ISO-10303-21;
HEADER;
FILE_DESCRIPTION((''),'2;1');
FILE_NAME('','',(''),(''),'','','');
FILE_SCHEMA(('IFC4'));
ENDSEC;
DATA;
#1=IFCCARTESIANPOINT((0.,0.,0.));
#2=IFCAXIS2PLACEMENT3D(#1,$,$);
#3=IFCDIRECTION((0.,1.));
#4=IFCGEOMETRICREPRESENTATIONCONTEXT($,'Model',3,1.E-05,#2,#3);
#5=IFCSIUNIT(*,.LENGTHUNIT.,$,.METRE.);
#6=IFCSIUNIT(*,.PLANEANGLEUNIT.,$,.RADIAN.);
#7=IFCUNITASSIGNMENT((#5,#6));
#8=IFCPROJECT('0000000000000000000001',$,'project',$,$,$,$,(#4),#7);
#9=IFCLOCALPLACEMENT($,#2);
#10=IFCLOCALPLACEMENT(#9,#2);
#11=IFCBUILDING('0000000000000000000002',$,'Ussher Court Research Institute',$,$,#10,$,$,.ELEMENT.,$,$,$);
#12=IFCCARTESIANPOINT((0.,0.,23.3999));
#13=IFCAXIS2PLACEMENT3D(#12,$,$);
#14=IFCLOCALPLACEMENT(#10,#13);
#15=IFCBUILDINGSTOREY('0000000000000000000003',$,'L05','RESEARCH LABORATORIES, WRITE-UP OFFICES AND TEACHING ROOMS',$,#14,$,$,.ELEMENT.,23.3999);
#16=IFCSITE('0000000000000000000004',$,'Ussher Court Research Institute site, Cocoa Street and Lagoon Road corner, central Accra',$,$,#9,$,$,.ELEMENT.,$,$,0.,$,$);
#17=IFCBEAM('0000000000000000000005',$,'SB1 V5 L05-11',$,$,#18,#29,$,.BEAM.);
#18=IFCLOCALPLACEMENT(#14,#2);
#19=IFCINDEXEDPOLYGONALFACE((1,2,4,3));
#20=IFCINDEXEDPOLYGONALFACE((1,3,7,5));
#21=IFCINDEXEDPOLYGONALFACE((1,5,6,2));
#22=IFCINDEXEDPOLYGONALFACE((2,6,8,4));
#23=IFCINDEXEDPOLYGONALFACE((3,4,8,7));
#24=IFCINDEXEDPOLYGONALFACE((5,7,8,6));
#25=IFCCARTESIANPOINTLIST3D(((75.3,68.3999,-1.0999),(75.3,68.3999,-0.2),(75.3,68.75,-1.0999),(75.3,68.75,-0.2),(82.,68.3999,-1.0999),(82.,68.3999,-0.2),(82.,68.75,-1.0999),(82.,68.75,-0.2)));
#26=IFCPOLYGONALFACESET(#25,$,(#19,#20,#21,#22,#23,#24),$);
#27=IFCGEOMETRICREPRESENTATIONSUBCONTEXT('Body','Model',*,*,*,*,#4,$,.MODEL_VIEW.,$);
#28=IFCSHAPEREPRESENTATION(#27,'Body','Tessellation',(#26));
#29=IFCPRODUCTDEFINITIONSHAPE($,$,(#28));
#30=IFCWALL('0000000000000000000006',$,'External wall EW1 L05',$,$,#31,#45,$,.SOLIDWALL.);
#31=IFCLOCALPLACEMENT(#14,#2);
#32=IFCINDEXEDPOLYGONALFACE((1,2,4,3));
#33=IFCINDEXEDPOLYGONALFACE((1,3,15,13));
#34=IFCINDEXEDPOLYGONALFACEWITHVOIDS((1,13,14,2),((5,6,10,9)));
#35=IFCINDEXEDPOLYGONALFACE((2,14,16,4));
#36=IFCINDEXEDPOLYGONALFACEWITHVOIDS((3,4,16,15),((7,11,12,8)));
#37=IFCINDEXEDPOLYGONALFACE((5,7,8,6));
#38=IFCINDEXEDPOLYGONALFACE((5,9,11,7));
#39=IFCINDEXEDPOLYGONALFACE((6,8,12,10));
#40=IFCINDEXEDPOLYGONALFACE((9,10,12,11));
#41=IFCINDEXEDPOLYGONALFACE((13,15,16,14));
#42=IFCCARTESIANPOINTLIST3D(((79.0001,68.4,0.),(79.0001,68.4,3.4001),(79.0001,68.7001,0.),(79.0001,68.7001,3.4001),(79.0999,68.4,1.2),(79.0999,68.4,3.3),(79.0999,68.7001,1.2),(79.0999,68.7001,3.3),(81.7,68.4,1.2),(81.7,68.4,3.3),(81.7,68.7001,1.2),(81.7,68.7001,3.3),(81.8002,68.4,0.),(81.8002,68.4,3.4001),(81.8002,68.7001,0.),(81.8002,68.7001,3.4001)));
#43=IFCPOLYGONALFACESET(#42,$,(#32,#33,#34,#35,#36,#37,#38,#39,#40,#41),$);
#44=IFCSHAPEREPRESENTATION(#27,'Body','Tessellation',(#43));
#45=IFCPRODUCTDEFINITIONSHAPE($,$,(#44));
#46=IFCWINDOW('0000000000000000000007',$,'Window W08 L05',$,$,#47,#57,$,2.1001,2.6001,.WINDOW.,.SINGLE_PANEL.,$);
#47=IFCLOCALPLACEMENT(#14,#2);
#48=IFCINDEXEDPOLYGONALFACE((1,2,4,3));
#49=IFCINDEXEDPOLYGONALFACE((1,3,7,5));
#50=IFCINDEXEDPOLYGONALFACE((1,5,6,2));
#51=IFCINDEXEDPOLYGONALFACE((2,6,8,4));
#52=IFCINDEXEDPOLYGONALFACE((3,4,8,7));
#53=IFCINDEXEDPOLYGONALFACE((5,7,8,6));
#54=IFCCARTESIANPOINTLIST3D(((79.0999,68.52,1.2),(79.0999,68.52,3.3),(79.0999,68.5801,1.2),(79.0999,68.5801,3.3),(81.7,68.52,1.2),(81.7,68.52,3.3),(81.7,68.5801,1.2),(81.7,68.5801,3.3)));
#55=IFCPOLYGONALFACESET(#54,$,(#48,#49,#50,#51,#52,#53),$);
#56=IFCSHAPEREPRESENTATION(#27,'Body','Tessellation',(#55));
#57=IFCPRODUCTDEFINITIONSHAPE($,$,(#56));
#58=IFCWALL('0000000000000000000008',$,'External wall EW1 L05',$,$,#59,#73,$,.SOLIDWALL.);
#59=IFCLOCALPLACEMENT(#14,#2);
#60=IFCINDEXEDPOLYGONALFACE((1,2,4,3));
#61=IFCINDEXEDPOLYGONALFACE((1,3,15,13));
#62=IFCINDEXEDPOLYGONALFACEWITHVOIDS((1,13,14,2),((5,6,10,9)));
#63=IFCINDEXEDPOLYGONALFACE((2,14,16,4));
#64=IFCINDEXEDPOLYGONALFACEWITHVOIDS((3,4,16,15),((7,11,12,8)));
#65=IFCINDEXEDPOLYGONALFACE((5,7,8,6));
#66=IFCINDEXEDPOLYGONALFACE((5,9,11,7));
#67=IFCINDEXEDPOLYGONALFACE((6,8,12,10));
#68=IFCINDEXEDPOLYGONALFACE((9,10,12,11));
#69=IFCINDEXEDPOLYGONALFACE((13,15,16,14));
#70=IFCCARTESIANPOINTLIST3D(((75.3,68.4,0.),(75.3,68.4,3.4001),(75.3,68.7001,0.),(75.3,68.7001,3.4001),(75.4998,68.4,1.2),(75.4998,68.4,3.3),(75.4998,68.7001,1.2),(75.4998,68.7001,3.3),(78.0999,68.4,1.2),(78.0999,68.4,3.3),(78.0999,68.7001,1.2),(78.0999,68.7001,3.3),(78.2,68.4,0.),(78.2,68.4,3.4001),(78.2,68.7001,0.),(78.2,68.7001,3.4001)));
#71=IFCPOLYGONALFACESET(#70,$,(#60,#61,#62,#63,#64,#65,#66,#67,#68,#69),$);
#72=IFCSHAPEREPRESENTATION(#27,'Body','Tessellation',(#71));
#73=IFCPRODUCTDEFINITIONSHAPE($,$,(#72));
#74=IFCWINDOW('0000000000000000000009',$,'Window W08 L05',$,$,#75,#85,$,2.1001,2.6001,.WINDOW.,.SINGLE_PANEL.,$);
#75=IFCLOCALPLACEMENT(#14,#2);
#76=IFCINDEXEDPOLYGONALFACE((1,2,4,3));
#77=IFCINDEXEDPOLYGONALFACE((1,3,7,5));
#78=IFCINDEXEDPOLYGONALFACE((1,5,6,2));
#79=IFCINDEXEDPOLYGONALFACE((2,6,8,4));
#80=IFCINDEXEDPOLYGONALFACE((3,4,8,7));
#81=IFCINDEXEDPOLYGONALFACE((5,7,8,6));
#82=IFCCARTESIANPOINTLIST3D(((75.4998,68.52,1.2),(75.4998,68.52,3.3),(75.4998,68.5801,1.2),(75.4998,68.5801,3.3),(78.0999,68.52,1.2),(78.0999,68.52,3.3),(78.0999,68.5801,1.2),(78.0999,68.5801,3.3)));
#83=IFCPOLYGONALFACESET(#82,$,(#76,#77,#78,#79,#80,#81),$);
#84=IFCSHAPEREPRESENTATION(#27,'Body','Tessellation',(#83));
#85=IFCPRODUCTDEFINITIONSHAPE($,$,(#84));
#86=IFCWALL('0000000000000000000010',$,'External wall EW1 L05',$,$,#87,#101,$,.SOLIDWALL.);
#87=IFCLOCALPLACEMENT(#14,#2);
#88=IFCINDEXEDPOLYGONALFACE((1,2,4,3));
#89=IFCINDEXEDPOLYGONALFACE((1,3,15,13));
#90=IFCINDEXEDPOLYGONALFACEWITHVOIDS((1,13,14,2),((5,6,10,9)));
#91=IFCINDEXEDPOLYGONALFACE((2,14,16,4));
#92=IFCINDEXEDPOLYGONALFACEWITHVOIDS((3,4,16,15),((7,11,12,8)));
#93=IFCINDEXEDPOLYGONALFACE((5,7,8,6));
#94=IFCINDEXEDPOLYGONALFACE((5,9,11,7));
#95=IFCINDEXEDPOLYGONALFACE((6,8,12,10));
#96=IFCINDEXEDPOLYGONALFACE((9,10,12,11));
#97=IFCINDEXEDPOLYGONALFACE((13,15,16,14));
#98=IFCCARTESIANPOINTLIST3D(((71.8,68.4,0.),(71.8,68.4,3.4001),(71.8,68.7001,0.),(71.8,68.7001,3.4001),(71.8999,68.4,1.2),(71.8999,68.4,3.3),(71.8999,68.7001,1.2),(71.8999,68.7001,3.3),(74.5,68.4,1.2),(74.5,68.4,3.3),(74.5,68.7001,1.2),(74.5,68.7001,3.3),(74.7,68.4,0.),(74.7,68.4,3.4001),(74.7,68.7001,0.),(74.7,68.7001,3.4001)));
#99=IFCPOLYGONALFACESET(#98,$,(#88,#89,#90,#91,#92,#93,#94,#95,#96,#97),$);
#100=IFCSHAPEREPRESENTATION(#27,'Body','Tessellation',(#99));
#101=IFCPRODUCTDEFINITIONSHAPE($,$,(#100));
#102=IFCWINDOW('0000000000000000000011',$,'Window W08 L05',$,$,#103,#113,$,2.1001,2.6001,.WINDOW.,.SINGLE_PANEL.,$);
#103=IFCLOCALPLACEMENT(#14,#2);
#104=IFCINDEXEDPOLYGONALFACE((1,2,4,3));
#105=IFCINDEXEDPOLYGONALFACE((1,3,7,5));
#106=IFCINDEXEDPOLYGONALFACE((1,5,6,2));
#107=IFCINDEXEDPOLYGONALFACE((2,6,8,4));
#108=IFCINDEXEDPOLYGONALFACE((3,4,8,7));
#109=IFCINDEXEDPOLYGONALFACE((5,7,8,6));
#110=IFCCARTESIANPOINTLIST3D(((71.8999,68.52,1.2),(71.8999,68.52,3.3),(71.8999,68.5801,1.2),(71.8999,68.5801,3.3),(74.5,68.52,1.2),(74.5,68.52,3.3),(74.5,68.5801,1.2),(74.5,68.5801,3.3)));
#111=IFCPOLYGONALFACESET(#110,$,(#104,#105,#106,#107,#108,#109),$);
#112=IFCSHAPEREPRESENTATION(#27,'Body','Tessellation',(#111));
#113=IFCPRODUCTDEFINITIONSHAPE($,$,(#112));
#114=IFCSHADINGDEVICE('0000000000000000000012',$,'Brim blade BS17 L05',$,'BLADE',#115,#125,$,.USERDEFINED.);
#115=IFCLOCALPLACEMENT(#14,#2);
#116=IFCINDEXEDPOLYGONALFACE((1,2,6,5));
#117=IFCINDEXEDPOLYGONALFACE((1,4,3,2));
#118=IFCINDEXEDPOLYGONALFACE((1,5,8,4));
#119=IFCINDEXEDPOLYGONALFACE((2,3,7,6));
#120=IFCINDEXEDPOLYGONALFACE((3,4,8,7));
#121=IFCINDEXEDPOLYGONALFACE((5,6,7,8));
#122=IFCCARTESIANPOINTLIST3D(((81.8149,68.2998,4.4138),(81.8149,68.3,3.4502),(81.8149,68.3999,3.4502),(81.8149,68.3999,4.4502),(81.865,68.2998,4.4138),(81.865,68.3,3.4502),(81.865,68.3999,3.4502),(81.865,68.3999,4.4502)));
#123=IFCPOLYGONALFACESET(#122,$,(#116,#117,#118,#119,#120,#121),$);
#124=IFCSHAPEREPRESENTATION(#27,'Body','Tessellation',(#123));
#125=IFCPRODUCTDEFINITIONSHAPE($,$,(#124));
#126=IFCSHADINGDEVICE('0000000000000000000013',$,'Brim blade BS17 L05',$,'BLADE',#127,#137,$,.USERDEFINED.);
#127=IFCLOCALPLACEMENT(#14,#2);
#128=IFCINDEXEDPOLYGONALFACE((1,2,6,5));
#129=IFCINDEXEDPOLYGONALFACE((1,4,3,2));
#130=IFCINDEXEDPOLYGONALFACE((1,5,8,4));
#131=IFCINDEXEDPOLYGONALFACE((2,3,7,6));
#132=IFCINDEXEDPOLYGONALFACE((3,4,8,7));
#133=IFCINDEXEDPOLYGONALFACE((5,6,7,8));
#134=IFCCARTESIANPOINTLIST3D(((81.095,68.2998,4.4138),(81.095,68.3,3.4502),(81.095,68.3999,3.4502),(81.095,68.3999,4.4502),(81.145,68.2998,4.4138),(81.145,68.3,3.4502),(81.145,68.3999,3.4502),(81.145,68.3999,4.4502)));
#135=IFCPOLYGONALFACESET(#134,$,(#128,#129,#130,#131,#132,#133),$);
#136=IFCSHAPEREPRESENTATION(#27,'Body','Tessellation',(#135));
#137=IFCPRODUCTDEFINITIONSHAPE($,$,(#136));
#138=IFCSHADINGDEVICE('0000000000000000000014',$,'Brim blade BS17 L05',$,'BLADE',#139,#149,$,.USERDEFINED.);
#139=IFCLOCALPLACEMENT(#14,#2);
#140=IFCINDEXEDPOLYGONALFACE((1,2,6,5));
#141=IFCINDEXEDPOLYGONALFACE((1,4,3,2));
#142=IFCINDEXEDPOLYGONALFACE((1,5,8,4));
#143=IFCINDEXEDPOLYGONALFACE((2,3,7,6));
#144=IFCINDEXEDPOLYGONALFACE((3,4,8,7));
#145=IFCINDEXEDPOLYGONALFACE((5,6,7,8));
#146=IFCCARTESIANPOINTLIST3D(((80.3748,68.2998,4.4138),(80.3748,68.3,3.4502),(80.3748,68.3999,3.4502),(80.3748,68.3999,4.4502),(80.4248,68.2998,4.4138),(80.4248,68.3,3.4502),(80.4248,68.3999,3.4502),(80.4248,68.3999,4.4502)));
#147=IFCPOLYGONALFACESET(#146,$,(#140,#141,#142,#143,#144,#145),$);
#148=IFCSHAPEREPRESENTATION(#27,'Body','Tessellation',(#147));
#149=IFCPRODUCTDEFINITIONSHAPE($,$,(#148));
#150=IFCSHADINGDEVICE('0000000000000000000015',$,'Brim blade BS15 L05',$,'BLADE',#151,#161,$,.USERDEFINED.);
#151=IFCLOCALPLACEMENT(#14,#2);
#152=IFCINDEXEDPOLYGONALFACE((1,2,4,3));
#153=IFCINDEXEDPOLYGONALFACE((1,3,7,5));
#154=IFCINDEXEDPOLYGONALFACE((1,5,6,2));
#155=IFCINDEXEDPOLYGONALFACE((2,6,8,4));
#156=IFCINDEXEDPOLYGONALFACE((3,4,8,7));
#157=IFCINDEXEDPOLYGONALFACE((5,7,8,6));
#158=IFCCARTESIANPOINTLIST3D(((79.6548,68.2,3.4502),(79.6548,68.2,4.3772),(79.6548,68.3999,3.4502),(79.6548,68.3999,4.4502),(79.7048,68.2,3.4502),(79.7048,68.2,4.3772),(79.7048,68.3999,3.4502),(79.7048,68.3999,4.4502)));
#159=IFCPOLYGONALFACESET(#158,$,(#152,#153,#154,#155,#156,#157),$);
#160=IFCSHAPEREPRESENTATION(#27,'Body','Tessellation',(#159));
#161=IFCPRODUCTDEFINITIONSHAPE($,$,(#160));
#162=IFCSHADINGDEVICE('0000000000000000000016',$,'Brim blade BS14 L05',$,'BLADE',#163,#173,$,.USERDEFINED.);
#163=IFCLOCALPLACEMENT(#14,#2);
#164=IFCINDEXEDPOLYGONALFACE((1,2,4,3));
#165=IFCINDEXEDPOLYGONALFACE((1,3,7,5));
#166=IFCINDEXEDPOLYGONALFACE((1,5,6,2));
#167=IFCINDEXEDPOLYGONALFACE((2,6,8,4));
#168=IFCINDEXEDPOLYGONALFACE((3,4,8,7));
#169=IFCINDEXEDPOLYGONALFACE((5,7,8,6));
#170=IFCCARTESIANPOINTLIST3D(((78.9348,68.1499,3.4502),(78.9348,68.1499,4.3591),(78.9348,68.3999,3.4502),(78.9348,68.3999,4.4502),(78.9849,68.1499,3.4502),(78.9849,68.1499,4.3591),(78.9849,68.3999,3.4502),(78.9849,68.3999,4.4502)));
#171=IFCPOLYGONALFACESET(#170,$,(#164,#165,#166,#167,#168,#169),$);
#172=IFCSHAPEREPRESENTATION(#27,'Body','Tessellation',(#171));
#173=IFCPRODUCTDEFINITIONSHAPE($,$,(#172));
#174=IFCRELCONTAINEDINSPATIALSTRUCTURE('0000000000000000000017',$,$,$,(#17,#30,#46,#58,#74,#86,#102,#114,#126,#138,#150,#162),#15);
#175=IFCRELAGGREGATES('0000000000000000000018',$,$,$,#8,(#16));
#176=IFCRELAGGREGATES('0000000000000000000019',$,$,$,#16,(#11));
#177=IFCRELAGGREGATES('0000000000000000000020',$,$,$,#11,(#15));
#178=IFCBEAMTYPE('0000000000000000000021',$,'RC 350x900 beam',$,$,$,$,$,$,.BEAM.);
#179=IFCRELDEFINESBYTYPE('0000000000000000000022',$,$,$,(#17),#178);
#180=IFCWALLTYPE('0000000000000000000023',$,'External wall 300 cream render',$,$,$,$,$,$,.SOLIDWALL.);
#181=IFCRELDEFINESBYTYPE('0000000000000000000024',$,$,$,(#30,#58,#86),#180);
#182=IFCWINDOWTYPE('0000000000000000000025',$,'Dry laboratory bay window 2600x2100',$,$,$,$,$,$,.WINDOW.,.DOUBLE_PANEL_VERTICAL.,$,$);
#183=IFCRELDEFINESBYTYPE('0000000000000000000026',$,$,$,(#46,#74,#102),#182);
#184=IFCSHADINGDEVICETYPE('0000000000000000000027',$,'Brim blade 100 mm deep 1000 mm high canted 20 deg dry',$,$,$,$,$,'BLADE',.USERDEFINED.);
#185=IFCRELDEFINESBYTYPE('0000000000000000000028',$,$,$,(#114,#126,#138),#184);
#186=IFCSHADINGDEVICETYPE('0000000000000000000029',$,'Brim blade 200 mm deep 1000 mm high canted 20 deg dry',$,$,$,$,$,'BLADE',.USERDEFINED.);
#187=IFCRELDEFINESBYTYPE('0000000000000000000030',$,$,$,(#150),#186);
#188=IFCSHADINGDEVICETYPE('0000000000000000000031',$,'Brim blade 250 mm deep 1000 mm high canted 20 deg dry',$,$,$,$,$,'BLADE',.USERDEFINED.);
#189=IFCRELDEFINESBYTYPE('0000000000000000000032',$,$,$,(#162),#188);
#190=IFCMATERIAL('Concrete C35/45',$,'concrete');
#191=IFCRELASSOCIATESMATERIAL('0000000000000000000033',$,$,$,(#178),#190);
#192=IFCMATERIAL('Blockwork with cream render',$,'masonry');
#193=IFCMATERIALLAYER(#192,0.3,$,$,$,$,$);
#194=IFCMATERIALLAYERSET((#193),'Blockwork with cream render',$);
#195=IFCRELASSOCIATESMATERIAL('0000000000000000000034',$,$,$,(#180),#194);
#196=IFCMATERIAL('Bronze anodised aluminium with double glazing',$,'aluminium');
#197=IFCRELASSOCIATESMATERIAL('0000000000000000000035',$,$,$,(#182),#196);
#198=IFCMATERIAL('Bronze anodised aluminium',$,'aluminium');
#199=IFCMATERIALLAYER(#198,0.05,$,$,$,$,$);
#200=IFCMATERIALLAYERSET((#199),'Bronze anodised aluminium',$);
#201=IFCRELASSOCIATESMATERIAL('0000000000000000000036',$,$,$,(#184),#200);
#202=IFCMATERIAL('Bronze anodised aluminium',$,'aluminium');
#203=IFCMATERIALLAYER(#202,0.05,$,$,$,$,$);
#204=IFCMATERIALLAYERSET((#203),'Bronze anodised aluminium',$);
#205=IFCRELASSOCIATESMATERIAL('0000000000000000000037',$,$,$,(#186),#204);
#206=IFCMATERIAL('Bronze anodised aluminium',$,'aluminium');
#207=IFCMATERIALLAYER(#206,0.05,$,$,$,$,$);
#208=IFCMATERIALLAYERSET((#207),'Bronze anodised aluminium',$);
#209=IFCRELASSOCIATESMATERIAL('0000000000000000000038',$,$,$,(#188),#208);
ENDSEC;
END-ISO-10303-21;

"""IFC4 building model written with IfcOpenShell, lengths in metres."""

from ifc_helpers import new_model, si_unit, direction, frame, frame_2d, origin, origin_2d, place, context, subcontext, project, spatial, polyline, rectangle, outline, extrude, material, layer, layer_set, material_profile, profile_set, type_object, element, fill, save


model = new_model("IFC4")

# Units and contexts
model_context = context("Model", 3, precision=1e-05, world=origin(), true_north=direction((0.0, 1.0)))
body_context = subcontext(model_context, "Body", "Model", "MODEL_VIEW")
ifc_project = project(units=[si_unit("LENGTHUNIT", "METRE"), si_unit("PLANEANGLEUNIT", "RADIAN")], contexts=[model_context])

# Site, building, storey
site_placement = place(None, origin())
site = spatial("IfcSite", under=ifc_project, at=site_placement, Name="Ussher Court Research Institute site, Cocoa Street and Lagoon Road corner, central Accra", CompositionType="ELEMENT", RefElevation=0.0)
building_placement = place(site_placement, origin())
building = spatial("IfcBuilding", under=site, at=building_placement, Name="Ussher Court Research Institute", CompositionType="ELEMENT")
storey_placement = place(building_placement, frame((0.0, 0.0, 23.3999)))
storey = spatial("IfcBuildingStorey", under=building, at=storey_placement, Name="L05", Description="RESEARCH LABORATORIES, WRITE-UP OFFICES AND TEACHING ROOMS", CompositionType="ELEMENT", Elevation=23.3999)

# Beam
ifc_material_1 = material(Name="Concrete C35/45", Category="concrete")
ifc_material_profile = material_profile(ifc_material_1, rectangle(XDim=0.3501, YDim=0.8999, at=origin_2d()), Name="RC 350x900")
ifc_profile_set = profile_set([ifc_material_profile], Name="Concrete C35/45")
beam_type = type_object("IfcBeamType", Name="RC 350x900 beam", PredefinedType="BEAM", material=ifc_profile_set)
beam_placement = place(storey_placement, frame((75.3, 68.575, -0.6499), z_axis=(1.0, 0.0, 0.0), x_axis=(0.0, 1.0, 0.0)))
element("IfcBeam", 1, at=beam_placement, inside=storey, type_object=beam_type, Name="SB1 V5 L05-11", PredefinedType="BEAM", context=body_context, shape_type="SweptSolid", body=[
    extrude(rectangle(XDim=0.3501, YDim=0.8999, at=origin_2d()), origin(), (0.0, 0.0, 1.0), 6.7),
])

# Walls, openings, windows
ifc_material_2 = material(Name="Blockwork with cream render", Category="masonry")
ifc_layer_1 = layer(ifc_material_2, 0.3)
ifc_layer_set_1 = layer_set([ifc_layer_1], Name="Blockwork with cream render")
wall_type = type_object("IfcWallType", Name="External wall 300 cream render", PredefinedType="SOLIDWALL", material=ifc_layer_set_1)
wall_1_placement = place(storey_placement, frame((81.8, 68.55, 0.0), z_axis=(0.0, 0.0, 1.0), x_axis=(-1.0, 0.0, 0.0)))
wall_1 = element("IfcWall", 2, at=wall_1_placement, inside=storey, type_object=wall_type, Name="External wall EW1 L05", PredefinedType="SOLIDWALL", context=body_context, shape_type="SweptSolid", body=[
    extrude(rectangle(XDim=2.8, YDim=0.3, at=frame_2d((1.3999, 0.0))), origin(), (0.0, 0.0, 1.0), 3.4001),
])
opening_1_placement = place(wall_1_placement, frame((0.1001, 0.0, 1.2)))
opening_1 = element("IfcOpeningElement", 3, at=opening_1_placement, cuts=wall_1, PredefinedType="OPENING", context=body_context, shape_type="SweptSolid", body=[
    extrude(rectangle(XDim=2.6001, YDim=2.1001, at=frame_2d((1.3, 1.05))), frame((0.0, 0.1602, 0.0), z_axis=(0.0, -1.0, 0.0), x_axis=(1.0, 0.0, 0.0)), (0.0, 0.0, 1.0), 0.3201),
])
ifc_material_3 = material(Name="Bronze anodised aluminium with double glazing", Category="aluminium")
window_type = type_object("IfcWindowType", Name="Dry laboratory bay window 2600x2100", PartitioningType="DOUBLE_PANEL_VERTICAL", PredefinedType="WINDOW", material=ifc_material_3)
window_1_placement = place(opening_1_placement, origin())
window_1 = element("IfcWindow", 4, at=window_1_placement, inside=storey, type_object=window_type, Name="Window W08 L05", OverallHeight=2.1001, OverallWidth=2.6001, PartitioningType="SINGLE_PANEL", PredefinedType="WINDOW", context=body_context, shape_type="SweptSolid", body=[
    extrude(rectangle(XDim=2.6001, YDim=2.1001, at=frame_2d((1.3, 1.05))), frame((0.0, 0.03, 0.0), z_axis=(0.0, -1.0, 0.0), x_axis=(1.0, 0.0, 0.0)), (0.0, 0.0, 1.0), 0.0601),
])
fill(opening_1, window_1)
wall_2_placement = place(storey_placement, frame((78.2, 68.55, 0.0), z_axis=(0.0, 0.0, 1.0), x_axis=(-1.0, 0.0, 0.0)))
wall_2 = element("IfcWall", 5, at=wall_2_placement, inside=storey, type_object=wall_type, Name="External wall EW1 L05", PredefinedType="SOLIDWALL", context=body_context, shape_type="SweptSolid", body=[
    extrude(rectangle(XDim=2.8999, YDim=0.3, at=frame_2d((1.45, 0.0))), origin(), (0.0, 0.0, 1.0), 3.4001),
])
opening_2_placement = place(wall_2_placement, frame((0.1001, 0.0, 1.2)))
opening_2 = element("IfcOpeningElement", 6, at=opening_2_placement, cuts=wall_2, PredefinedType="OPENING", context=body_context, shape_type="SweptSolid", body=[
    extrude(rectangle(XDim=2.6001, YDim=2.1001, at=frame_2d((1.3, 1.05))), frame((0.0, 0.1602, 0.0), z_axis=(0.0, -1.0, 0.0), x_axis=(1.0, 0.0, 0.0)), (0.0, 0.0, 1.0), 0.3201),
])
window_2_placement = place(opening_2_placement, origin())
window_2 = element("IfcWindow", 7, at=window_2_placement, inside=storey, type_object=window_type, Name="Window W08 L05", OverallHeight=2.1001, OverallWidth=2.6001, PartitioningType="SINGLE_PANEL", PredefinedType="WINDOW", context=body_context, shape_type="SweptSolid", body=[
    extrude(rectangle(XDim=2.6001, YDim=2.1001, at=frame_2d((1.3, 1.05))), frame((0.0, 0.03, 0.0), z_axis=(0.0, -1.0, 0.0), x_axis=(1.0, 0.0, 0.0)), (0.0, 0.0, 1.0), 0.0601),
])
fill(opening_2, window_2)
wall_3_placement = place(storey_placement, frame((74.7, 68.55, 0.0), z_axis=(0.0, 0.0, 1.0), x_axis=(-1.0, 0.0, 0.0)))
wall_3 = element("IfcWall", 8, at=wall_3_placement, inside=storey, type_object=wall_type, Name="External wall EW1 L05", PredefinedType="SOLIDWALL", context=body_context, shape_type="SweptSolid", body=[
    extrude(rectangle(XDim=2.8999, YDim=0.3, at=frame_2d((1.45, 0.0))), origin(), (0.0, 0.0, 1.0), 3.4001),
])
opening_3_placement = place(wall_3_placement, frame((0.2, 0.0, 1.2)))
opening_3 = element("IfcOpeningElement", 9, at=opening_3_placement, cuts=wall_3, PredefinedType="OPENING", context=body_context, shape_type="SweptSolid", body=[
    extrude(rectangle(XDim=2.6001, YDim=2.1001, at=frame_2d((1.3, 1.05))), frame((0.0, 0.1602, 0.0), z_axis=(0.0, -1.0, 0.0), x_axis=(1.0, 0.0, 0.0)), (0.0, 0.0, 1.0), 0.3201),
])
window_3_placement = place(opening_3_placement, origin())
window_3 = element("IfcWindow", 10, at=window_3_placement, inside=storey, type_object=window_type, Name="Window W08 L05", OverallHeight=2.1001, OverallWidth=2.6001, PartitioningType="SINGLE_PANEL", PredefinedType="WINDOW", context=body_context, shape_type="SweptSolid", body=[
    extrude(rectangle(XDim=2.6001, YDim=2.1001, at=frame_2d((1.3, 1.05))), frame((0.0, 0.03, 0.0), z_axis=(0.0, -1.0, 0.0), x_axis=(1.0, 0.0, 0.0)), (0.0, 0.0, 1.0), 0.0601),
])
fill(opening_3, window_3)

# Shading devices
ifc_material_4 = material(Name="Bronze anodised aluminium", Category="aluminium")
ifc_layer_2 = layer(ifc_material_4, 0.05)
ifc_layer_set_2 = layer_set([ifc_layer_2], Name="Bronze anodised aluminium")
shading_device_type_1 = type_object("IfcShadingDeviceType", Name="Brim blade 100 mm deep 1000 mm high canted 20 deg dry", ElementType="BLADE", PredefinedType="USERDEFINED", material=ifc_layer_set_2)
for number, where, z_axis, x_axis, name in (
    (11, (81.8401, 68.3999, 3.4502), (0.0, 0.0, 1.0), (0.0, -1.0, 0.0), "Brim blade BS17 L05"),
    (12, (81.1201, 68.3999, 3.4502), (0.0, 0.0, 1.0), (0.0, -1.0, 0.0), "Brim blade BS17 L05"),
    (13, (80.3999, 68.3999, 3.4502), (0.0, 0.0, 1.0), (0.0, -1.0, 0.0), "Brim blade BS17 L05"),
):
    element("IfcShadingDevice", number, at=place(storey_placement, frame(where, z_axis=z_axis, x_axis=x_axis)), inside=storey, type_object=shading_device_type_1, Name=name, ObjectType="BLADE", PredefinedType="USERDEFINED", context=body_context, shape_type="SweptSolid", body=[
        extrude(outline(polyline([(0.0, 0.0), (0.0999, 0.0), (0.1001, 0.9636), (0.0, 1.0), (0.0, 0.0)])), frame((0.0, 0.0249, 0.0), z_axis=(0.0, -1.0, 0.0), x_axis=(1.0, 0.0, 0.0)), (0.0, 0.0, 1.0), 0.05),
    ])
ifc_material_5 = material(Name="Bronze anodised aluminium", Category="aluminium")
ifc_layer_3 = layer(ifc_material_5, 0.05)
ifc_layer_set_3 = layer_set([ifc_layer_3], Name="Bronze anodised aluminium")
shading_device_type_2 = type_object("IfcShadingDeviceType", Name="Brim blade 200 mm deep 1000 mm high canted 20 deg dry", ElementType="BLADE", PredefinedType="USERDEFINED", material=ifc_layer_set_3)
shading_device_1_placement = place(storey_placement, frame((79.6799, 68.3999, 3.4502), z_axis=(0.0, 0.0, 1.0), x_axis=(0.0, -1.0, 0.0)))
element("IfcShadingDevice", 14, at=shading_device_1_placement, inside=storey, type_object=shading_device_type_2, Name="Brim blade BS15 L05", ObjectType="BLADE", PredefinedType="USERDEFINED", context=body_context, shape_type="SweptSolid", body=[
    extrude(outline(polyline([(0.0, 0.0), (0.2, 0.0), (0.2, 0.927), (0.0, 1.0), (0.0, 0.0)])), frame((0.0, 0.0249, 0.0), z_axis=(0.0, -1.0, 0.0), x_axis=(1.0, 0.0, 0.0)), (0.0, 0.0, 1.0), 0.05),
])
ifc_material_6 = material(Name="Bronze anodised aluminium", Category="aluminium")
ifc_layer_4 = layer(ifc_material_6, 0.05)
ifc_layer_set_4 = layer_set([ifc_layer_4], Name="Bronze anodised aluminium")
shading_device_type_3 = type_object("IfcShadingDeviceType", Name="Brim blade 250 mm deep 1000 mm high canted 20 deg dry", ElementType="BLADE", PredefinedType="USERDEFINED", material=ifc_layer_set_4)
for number, where, z_axis, x_axis, name in (
    (15, (78.96, 68.3999, 3.4502), (0.0, 0.0, 1.0), (0.0, -1.0, 0.0), "Brim blade BS14 L05"),
):
    element("IfcShadingDevice", number, at=place(storey_placement, frame(where, z_axis=z_axis, x_axis=x_axis)), inside=storey, type_object=shading_device_type_3, Name=name, ObjectType="BLADE", PredefinedType="USERDEFINED", context=body_context, shape_type="SweptSolid", body=[
        extrude(outline(polyline([(0.0, 0.0), (0.25, 0.0), (0.25, 0.9089), (0.0, 1.0), (0.0, 0.0)])), frame((0.0, 0.0249, 0.0), z_axis=(0.0, -1.0, 0.0), x_axis=(1.0, 0.0, 0.0)), (0.0, 0.0, 1.0), 0.05),
    ])

save(model, "model.ifc")
